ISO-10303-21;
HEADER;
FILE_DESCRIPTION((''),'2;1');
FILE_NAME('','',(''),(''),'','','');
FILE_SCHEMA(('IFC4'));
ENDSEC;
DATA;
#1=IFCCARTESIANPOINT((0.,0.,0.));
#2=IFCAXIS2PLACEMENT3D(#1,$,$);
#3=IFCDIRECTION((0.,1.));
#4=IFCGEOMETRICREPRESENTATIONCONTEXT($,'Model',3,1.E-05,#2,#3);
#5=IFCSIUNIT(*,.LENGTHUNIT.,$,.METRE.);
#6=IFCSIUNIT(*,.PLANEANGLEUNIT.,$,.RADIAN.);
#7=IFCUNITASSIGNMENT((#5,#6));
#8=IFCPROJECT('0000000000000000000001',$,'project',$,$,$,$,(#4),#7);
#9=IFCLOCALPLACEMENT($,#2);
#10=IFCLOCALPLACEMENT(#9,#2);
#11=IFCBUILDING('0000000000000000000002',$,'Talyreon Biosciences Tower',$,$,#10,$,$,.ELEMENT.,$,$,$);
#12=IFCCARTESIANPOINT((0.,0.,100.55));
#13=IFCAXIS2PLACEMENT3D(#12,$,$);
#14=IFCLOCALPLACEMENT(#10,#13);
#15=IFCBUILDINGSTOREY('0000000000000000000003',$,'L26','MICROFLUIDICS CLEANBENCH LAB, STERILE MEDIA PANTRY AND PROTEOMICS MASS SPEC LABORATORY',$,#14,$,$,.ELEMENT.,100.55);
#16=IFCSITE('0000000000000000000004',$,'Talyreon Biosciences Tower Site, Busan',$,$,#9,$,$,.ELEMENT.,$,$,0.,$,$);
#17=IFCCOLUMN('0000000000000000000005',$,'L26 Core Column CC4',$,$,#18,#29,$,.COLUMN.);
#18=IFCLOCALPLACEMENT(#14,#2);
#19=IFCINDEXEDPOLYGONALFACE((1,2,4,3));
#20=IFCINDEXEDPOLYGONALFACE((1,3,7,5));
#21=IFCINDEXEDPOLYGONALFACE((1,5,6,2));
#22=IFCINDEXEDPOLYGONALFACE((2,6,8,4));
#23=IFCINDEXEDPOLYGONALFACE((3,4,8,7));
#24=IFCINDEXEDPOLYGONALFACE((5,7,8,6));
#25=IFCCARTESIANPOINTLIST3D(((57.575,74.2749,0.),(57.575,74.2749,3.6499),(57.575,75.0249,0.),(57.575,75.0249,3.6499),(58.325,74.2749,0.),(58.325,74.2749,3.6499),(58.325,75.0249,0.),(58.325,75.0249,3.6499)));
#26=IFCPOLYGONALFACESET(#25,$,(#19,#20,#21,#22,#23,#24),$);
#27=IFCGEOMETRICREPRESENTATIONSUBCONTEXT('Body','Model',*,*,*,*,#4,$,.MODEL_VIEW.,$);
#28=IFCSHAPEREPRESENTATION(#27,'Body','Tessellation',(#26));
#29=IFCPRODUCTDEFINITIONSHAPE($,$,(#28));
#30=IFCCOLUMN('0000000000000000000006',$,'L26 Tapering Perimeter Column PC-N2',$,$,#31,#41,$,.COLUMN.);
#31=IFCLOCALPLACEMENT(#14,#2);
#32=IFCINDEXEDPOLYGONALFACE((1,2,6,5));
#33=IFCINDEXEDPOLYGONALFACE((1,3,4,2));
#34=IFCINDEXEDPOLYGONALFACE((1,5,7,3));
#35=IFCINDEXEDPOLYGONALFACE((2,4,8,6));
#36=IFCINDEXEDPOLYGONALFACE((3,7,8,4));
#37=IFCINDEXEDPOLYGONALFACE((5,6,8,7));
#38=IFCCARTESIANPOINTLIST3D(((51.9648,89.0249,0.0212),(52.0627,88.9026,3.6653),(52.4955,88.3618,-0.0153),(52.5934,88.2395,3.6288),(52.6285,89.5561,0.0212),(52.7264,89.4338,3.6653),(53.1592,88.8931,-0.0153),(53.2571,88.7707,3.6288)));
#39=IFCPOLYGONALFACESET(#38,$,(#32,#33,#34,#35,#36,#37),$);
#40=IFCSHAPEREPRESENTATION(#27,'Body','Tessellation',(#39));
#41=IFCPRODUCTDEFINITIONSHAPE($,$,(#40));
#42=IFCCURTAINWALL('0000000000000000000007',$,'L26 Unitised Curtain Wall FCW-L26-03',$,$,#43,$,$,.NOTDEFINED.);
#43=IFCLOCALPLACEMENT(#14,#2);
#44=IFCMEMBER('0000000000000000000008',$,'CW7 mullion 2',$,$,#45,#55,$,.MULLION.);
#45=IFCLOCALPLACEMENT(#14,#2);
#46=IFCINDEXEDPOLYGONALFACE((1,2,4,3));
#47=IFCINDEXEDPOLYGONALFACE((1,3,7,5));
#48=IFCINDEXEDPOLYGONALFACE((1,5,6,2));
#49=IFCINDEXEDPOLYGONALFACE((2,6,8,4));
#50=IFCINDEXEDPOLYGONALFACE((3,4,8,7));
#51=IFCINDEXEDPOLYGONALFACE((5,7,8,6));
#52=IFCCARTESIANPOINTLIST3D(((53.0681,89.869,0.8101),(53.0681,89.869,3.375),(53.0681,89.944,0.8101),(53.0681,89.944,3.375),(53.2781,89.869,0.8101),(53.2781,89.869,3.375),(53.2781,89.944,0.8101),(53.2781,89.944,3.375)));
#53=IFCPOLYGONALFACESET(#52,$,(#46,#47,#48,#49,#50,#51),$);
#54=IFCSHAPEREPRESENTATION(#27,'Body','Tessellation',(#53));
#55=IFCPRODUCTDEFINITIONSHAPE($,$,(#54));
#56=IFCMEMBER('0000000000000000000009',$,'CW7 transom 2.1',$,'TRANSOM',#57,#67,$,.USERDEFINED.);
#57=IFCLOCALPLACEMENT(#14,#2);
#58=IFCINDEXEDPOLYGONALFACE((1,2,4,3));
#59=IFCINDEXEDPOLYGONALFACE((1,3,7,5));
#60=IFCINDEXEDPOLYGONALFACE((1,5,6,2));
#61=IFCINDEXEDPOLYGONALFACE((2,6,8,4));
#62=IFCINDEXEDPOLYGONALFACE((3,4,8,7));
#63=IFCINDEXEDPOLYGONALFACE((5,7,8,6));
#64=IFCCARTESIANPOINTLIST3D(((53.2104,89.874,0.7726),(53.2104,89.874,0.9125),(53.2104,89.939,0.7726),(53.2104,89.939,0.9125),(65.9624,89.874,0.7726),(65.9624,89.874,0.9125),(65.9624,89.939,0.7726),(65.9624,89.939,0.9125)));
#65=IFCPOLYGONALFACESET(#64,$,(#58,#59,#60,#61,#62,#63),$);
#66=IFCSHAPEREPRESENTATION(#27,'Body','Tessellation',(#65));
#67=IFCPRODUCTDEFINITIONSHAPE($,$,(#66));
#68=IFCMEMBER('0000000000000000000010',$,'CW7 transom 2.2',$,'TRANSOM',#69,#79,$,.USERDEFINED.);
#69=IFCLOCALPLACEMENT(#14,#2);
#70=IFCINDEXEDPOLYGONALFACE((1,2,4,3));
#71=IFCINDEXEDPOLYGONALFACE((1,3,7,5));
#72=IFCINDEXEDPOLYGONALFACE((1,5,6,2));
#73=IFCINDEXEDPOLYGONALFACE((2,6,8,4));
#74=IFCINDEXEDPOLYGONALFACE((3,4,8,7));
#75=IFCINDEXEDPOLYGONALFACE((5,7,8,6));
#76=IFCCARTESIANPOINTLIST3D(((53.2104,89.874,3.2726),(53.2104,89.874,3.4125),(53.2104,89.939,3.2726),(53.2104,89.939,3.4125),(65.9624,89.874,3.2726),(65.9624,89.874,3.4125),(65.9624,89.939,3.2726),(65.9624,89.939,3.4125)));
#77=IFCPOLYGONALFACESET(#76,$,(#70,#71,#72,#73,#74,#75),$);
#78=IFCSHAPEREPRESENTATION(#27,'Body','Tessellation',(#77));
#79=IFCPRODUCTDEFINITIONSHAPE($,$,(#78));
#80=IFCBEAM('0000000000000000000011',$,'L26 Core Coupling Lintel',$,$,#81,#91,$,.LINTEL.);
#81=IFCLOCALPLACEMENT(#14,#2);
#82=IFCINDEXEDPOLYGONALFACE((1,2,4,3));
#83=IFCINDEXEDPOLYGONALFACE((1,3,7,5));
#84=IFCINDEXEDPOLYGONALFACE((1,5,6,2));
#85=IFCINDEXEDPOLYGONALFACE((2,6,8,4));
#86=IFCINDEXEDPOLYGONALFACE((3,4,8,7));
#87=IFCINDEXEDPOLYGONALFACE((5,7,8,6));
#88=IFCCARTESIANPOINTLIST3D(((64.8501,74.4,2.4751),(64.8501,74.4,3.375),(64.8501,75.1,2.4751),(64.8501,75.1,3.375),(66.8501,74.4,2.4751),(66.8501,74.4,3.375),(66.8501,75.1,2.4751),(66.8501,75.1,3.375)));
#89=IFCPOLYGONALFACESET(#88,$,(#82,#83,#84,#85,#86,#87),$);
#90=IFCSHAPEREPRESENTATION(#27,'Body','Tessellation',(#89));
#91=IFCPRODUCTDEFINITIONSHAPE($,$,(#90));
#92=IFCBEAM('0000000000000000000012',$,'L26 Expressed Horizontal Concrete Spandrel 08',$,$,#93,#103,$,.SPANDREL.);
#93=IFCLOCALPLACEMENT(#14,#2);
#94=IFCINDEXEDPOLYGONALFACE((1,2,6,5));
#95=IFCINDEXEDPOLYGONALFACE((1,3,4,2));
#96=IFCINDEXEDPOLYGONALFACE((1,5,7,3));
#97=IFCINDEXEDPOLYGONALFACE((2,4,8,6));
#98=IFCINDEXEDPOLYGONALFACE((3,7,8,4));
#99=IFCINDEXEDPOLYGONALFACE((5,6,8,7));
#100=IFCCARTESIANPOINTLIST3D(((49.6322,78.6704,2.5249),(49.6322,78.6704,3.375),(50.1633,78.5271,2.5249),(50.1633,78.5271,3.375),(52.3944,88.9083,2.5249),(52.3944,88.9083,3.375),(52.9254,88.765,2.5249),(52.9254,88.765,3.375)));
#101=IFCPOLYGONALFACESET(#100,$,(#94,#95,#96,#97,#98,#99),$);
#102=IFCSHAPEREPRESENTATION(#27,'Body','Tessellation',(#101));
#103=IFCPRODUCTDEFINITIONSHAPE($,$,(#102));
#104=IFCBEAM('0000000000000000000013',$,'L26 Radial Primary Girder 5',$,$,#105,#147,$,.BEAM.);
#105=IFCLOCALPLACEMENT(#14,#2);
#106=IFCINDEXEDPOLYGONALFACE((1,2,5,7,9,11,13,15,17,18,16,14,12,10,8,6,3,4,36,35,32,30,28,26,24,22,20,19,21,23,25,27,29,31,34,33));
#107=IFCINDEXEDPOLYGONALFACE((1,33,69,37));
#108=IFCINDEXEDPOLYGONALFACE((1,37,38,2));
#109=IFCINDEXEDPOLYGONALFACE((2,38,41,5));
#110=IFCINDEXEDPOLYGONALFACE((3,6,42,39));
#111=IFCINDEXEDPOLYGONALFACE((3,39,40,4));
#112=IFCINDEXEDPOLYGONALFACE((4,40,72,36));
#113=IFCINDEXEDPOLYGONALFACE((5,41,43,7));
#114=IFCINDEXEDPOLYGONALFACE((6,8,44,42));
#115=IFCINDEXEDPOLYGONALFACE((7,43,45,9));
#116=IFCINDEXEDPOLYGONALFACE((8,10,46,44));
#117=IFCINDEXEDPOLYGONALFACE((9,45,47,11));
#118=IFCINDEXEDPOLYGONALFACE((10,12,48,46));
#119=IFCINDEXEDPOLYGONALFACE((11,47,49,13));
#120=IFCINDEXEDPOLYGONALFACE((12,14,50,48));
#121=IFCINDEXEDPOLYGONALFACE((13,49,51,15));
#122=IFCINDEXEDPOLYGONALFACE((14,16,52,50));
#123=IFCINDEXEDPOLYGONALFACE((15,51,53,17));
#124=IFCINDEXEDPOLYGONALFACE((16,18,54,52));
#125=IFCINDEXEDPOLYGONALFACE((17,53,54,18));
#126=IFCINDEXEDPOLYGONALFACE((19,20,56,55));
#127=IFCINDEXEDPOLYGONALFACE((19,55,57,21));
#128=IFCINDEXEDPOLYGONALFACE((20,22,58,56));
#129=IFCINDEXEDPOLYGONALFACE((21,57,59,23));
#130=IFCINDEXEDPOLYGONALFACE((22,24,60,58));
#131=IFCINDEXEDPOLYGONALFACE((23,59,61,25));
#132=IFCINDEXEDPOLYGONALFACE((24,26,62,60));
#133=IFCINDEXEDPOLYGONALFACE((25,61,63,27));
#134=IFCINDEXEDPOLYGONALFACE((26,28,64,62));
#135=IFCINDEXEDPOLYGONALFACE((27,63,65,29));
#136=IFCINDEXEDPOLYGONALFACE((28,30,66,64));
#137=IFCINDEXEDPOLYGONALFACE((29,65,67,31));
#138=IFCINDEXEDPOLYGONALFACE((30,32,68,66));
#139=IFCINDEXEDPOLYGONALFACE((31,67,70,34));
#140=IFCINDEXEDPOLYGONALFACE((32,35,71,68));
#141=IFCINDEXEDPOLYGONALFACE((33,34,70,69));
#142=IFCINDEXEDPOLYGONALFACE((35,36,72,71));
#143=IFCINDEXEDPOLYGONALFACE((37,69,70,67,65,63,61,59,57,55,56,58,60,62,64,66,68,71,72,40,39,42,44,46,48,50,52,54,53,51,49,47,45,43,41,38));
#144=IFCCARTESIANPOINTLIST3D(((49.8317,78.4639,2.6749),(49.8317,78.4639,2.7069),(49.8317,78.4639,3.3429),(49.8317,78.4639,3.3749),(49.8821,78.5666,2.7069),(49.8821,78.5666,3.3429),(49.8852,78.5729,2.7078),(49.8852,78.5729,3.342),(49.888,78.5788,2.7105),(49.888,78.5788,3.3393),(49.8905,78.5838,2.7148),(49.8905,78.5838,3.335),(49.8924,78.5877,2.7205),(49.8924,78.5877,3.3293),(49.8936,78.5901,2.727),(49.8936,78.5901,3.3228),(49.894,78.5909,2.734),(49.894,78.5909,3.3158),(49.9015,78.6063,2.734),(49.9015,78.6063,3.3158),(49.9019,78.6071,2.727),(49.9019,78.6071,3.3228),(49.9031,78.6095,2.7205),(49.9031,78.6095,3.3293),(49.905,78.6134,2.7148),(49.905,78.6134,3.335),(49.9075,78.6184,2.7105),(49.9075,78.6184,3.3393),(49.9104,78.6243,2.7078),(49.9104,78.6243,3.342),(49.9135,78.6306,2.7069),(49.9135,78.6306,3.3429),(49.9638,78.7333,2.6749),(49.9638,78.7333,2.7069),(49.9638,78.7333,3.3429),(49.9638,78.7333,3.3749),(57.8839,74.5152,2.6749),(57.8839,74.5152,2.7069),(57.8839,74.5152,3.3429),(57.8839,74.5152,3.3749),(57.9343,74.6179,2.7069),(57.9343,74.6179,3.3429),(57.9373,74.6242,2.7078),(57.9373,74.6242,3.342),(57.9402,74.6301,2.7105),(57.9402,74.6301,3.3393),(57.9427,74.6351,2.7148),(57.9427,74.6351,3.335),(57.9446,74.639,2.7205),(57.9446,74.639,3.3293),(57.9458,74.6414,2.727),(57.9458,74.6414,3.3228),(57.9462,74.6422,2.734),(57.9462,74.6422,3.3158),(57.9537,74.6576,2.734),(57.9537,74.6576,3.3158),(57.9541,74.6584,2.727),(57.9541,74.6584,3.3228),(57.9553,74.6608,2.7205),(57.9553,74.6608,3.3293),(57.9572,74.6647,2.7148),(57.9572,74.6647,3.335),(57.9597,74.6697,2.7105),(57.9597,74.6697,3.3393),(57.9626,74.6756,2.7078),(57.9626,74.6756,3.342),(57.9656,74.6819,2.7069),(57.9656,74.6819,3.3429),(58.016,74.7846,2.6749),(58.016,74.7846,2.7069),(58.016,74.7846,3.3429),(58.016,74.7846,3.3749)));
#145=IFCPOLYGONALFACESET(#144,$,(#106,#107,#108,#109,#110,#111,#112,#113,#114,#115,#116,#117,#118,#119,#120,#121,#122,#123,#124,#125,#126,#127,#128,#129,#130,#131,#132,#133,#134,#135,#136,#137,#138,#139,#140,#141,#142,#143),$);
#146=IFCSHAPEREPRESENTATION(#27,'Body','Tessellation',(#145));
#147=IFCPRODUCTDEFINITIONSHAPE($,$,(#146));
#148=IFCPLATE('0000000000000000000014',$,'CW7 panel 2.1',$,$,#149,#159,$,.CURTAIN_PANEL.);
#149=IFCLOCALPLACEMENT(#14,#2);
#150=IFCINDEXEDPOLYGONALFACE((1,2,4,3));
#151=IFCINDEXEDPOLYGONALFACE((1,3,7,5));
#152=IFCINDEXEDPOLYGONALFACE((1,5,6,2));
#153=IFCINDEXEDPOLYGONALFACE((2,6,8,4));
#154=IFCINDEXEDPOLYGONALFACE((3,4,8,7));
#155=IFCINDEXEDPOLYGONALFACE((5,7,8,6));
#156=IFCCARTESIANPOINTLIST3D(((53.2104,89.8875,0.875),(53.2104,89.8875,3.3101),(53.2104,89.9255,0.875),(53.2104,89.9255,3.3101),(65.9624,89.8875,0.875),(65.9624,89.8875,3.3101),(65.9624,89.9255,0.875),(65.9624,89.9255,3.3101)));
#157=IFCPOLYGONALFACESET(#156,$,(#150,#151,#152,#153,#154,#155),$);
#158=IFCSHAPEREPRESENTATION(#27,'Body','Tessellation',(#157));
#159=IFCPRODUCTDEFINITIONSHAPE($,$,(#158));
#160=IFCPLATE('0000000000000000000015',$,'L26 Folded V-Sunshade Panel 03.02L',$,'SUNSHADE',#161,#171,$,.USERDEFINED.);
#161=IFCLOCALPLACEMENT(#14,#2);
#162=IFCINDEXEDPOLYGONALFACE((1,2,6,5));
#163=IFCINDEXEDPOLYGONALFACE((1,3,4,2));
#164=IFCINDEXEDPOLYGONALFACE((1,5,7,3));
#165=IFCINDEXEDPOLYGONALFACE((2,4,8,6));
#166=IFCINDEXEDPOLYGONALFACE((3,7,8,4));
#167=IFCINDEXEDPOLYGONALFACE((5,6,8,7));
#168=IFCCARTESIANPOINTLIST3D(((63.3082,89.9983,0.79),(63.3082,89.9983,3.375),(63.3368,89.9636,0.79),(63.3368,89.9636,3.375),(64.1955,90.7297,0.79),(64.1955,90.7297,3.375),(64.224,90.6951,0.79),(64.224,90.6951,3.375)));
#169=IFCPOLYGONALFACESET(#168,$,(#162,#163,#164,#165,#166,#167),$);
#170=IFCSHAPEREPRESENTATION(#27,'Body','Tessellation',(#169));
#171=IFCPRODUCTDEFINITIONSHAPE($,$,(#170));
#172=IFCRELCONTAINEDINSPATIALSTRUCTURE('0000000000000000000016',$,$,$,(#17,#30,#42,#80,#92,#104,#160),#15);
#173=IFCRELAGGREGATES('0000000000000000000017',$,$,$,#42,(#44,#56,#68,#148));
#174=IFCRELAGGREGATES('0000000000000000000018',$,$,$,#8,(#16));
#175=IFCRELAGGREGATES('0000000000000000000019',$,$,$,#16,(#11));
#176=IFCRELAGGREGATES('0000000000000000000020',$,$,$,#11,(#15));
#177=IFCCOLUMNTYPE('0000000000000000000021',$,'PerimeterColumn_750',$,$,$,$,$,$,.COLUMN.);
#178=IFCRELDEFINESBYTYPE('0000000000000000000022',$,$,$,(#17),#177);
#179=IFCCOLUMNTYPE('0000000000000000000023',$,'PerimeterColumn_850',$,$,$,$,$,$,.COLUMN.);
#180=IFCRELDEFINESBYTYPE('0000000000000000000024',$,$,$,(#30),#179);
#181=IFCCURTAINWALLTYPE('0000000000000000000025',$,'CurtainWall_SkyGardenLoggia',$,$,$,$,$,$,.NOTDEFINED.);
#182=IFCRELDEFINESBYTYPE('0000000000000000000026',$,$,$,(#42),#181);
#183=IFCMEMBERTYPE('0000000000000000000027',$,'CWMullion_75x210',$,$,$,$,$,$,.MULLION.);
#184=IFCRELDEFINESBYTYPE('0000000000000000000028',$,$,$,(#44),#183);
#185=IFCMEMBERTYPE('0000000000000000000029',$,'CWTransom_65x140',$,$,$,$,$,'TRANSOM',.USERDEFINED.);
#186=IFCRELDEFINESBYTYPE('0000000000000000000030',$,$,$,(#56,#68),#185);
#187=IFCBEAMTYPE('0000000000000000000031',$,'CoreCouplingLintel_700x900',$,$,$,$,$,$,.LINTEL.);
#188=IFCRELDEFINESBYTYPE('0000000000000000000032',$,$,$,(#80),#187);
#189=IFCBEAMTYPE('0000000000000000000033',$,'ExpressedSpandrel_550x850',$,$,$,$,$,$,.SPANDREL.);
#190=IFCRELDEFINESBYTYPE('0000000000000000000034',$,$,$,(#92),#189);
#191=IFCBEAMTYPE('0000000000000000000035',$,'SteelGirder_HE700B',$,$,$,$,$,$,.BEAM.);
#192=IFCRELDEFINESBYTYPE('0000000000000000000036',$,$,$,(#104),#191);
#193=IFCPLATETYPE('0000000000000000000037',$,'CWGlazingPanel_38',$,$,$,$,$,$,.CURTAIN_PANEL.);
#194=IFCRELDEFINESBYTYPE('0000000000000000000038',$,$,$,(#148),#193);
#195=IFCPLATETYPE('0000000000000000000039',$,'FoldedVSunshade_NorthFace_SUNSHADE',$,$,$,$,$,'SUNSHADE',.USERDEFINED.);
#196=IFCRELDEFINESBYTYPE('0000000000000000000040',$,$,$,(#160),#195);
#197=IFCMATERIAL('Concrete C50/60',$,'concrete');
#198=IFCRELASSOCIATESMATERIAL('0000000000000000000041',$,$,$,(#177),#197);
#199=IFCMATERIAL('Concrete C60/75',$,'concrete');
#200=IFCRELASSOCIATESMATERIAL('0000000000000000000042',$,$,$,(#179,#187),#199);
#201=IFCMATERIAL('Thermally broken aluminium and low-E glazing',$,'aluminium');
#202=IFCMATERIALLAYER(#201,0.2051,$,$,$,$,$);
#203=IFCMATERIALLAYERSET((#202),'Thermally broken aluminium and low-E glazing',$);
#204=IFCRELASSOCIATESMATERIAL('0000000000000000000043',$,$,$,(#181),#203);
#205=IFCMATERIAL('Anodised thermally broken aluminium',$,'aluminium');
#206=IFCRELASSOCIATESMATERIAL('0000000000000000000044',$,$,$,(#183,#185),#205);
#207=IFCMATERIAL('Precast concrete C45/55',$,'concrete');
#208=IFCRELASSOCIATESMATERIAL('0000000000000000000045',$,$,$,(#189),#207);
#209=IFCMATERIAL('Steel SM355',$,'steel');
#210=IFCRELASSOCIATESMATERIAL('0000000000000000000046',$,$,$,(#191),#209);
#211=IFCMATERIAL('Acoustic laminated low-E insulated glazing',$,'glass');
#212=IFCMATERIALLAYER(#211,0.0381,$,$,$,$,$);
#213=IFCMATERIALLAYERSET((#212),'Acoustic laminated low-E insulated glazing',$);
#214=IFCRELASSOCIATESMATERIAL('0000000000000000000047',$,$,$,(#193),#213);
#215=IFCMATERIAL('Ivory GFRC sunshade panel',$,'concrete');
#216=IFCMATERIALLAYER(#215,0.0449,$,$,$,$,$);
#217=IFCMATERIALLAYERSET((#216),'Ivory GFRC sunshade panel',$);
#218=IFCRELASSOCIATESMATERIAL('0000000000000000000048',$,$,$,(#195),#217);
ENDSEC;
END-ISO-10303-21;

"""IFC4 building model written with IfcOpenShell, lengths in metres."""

from ifc_helpers import new_model, si_unit, direction, frame, origin, origin_2d, place, context, subcontext, project, spatial, rectangle, i_section, extrude, material, layer, layer_set, material_profile, profile_set, type_object, element, aggregate, save


model = new_model("IFC4")

# Units and contexts
model_context = context("Model", 3, precision=1e-05, world=origin(), true_north=direction((0.0, 1.0)))
body_context = subcontext(model_context, "Body", "Model", "MODEL_VIEW")
ifc_project = project(units=[si_unit("LENGTHUNIT", "METRE"), si_unit("PLANEANGLEUNIT", "RADIAN")], contexts=[model_context])

# Site, building, storey
site_placement = place(None, origin())
site = spatial("IfcSite", under=ifc_project, at=site_placement, Name="Talyreon Biosciences Tower Site, Busan", CompositionType="ELEMENT", RefElevation=0.0)
building_placement = place(site_placement, origin())
building = spatial("IfcBuilding", under=site, at=building_placement, Name="Talyreon Biosciences Tower", CompositionType="ELEMENT")
storey_placement = place(building_placement, frame((0.0, 0.0, 100.55)))
storey = spatial("IfcBuildingStorey", under=building, at=storey_placement, Name="L26", Description="MICROFLUIDICS CLEANBENCH LAB, STERILE MEDIA PANTRY AND PROTEOMICS MASS SPEC LABORATORY", CompositionType="ELEMENT", Elevation=100.55)

# Columns
ifc_material_1 = material(Name="Concrete C50/60", Category="concrete")
ifc_material_profile_1 = material_profile(ifc_material_1, rectangle(XDim=0.75, YDim=0.75, at=origin_2d()), Name="RC 750x750")
ifc_profile_set_1 = profile_set([ifc_material_profile_1], Name="Concrete C50/60")
column_type_1 = type_object("IfcColumnType", Name="PerimeterColumn_750", PredefinedType="COLUMN", material=ifc_profile_set_1)
column_1_placement = place(storey_placement, frame((57.95, 74.6499, 0.0), z_axis=(0.0, 0.0, 1.0), x_axis=(1.0, 0.0, 0.0)))
element("IfcColumn", 1, at=column_1_placement, inside=storey, type_object=column_type_1, Name="L26 Core Column CC4", PredefinedType="COLUMN", context=body_context, shape_type="SweptSolid", body=[
    extrude(rectangle(XDim=0.75, YDim=0.75, at=origin_2d()), origin(), (0.0, 0.0, 1.0), 3.6499),
])
ifc_material_2 = material(Name="Concrete C60/75", Category="concrete")
ifc_material_profile_2 = material_profile(ifc_material_2, rectangle(XDim=0.8501, YDim=0.8501, at=origin_2d()), Name="RC 850x850")
ifc_profile_set_2 = profile_set([ifc_material_profile_2], Name="Concrete C60/75")
column_type_2 = type_object("IfcColumnType", Name="PerimeterColumn_850", PredefinedType="COLUMN", material=ifc_profile_set_2)
column_2_placement = place(storey_placement, frame((52.562, 88.959, 0.0029), z_axis=(0.026841, -0.033535, 0.999077), x_axis=(-0.780717, -0.624885, 0.0)))
element("IfcColumn", 2, at=column_2_placement, inside=storey, type_object=column_type_2, Name="L26 Tapering Perimeter Column PC-N2", PredefinedType="COLUMN", context=body_context, shape_type="SweptSolid", body=[
    extrude(rectangle(XDim=0.8501, YDim=0.8501, at=origin_2d()), origin(), (0.0, 0.0, 1.0), 3.6475),
])

# Curtain wall, members
ifc_material_3 = material(Name="Thermally broken aluminium and low-E glazing", Category="aluminium")
ifc_layer_1 = layer(ifc_material_3, 0.2051)
ifc_layer_set_1 = layer_set([ifc_layer_1], Name="Thermally broken aluminium and low-E glazing")
curtain_wall_type = type_object("IfcCurtainWallType", Name="CurtainWall_SkyGardenLoggia", PredefinedType="NOTDEFINED", material=ifc_layer_set_1)
curtain_wall_placement = place(storey_placement, origin())
curtain_wall = element("IfcCurtainWall", 3, at=curtain_wall_placement, inside=storey, type_object=curtain_wall_type, Name="L26 Unitised Curtain Wall FCW-L26-03", PredefinedType="NOTDEFINED")
ifc_material_4 = material(Name="Anodised thermally broken aluminium", Category="aluminium")
ifc_material_profile_3 = material_profile(ifc_material_4, rectangle(XDim=0.075, YDim=0.21, at=origin_2d()), Name="ALUM MULLION 75x210")
ifc_profile_set_3 = profile_set([ifc_material_profile_3], Name="Anodised thermally broken aluminium")
member_type_1 = type_object("IfcMemberType", Name="CWMullion_75x210", PredefinedType="MULLION", material=ifc_profile_set_3)
member_1_placement = place(storey_placement, frame((53.1731, 89.9065, 0.8101), z_axis=(0.0, 0.0, 1.0), x_axis=(0.0, 1.0, 0.0)))
member_1 = element("IfcMember", 4, at=member_1_placement, type_object=member_type_1, Name="CW7 mullion 2", PredefinedType="MULLION", context=body_context, shape_type="SweptSolid", body=[
    extrude(rectangle(XDim=0.075, YDim=0.21, at=origin_2d()), origin(), (0.0, 0.0, 1.0), 2.5649),
])
ifc_material_profile_4 = material_profile(ifc_material_4, rectangle(XDim=0.0649, YDim=0.1399, at=origin_2d()), Name="ALUM TRANSOM 65x140")
ifc_profile_set_4 = profile_set([ifc_material_profile_4], Name="Anodised thermally broken aluminium")
member_type_2 = type_object("IfcMemberType", Name="CWTransom_65x140", ElementType="TRANSOM", PredefinedType="USERDEFINED", material=ifc_profile_set_4)
member_2_placement = place(storey_placement, frame((53.2104, 89.9065, 0.8425), z_axis=(1.0, 0.0, 0.0), x_axis=(0.0, 1.0, 0.0)))
member_2 = element("IfcMember", 5, at=member_2_placement, type_object=member_type_2, Name="CW7 transom 2.1", ObjectType="TRANSOM", PredefinedType="USERDEFINED", context=body_context, shape_type="SweptSolid", body=[
    extrude(rectangle(XDim=0.0649, YDim=0.1399, at=origin_2d()), origin(), (0.0, 0.0, 1.0), 12.752),
])
member_3_placement = place(storey_placement, frame((53.2104, 89.9065, 3.3425), z_axis=(1.0, 0.0, 0.0), x_axis=(0.0, 1.0, 0.0)))
member_3 = element("IfcMember", 6, at=member_3_placement, type_object=member_type_2, Name="CW7 transom 2.2", ObjectType="TRANSOM", PredefinedType="USERDEFINED", context=body_context, shape_type="SweptSolid", body=[
    extrude(rectangle(XDim=0.0649, YDim=0.1399, at=origin_2d()), origin(), (0.0, 0.0, 1.0), 12.752),
])

# Beams
ifc_material_profile_5 = material_profile(ifc_material_2, rectangle(XDim=0.7, YDim=0.8999, at=origin_2d()), Name="RCB 700x900")
ifc_profile_set_5 = profile_set([ifc_material_profile_5], Name="Concrete C60/75")
beam_type_1 = type_object("IfcBeamType", Name="CoreCouplingLintel_700x900", PredefinedType="LINTEL", material=ifc_profile_set_5)
beam_1_placement = place(storey_placement, frame((64.8501, 74.75, 2.925), z_axis=(1.0, 0.0, 0.0), x_axis=(0.0, 1.0, 0.0)))
element("IfcBeam", 7, at=beam_1_placement, inside=storey, type_object=beam_type_1, Name="L26 Core Coupling Lintel", PredefinedType="LINTEL", context=body_context, shape_type="SweptSolid", body=[
    extrude(rectangle(XDim=0.7, YDim=0.8999, at=origin_2d()), origin(), (0.0, 0.0, 1.0), 2.0),
])
ifc_material_5 = material(Name="Precast concrete C45/55", Category="concrete")
ifc_material_profile_6 = material_profile(ifc_material_5, rectangle(XDim=0.55, YDim=0.8501, at=origin_2d()), Name="RCB 550x850")
ifc_profile_set_6 = profile_set([ifc_material_profile_6], Name="Precast concrete C45/55")
beam_type_2 = type_object("IfcBeamType", Name="ExpressedSpandrel_550x850", PredefinedType="SPANDREL", material=ifc_profile_set_6)
beam_2_placement = place(storey_placement, frame((52.6599, 88.8367, 2.95), z_axis=(-0.260485, -0.965478, 0.0), x_axis=(0.965478, -0.260485, 0.0)))
element("IfcBeam", 8, at=beam_2_placement, inside=storey, type_object=beam_type_2, Name="L26 Expressed Horizontal Concrete Spandrel 08", PredefinedType="SPANDREL", context=body_context, shape_type="SweptSolid", body=[
    extrude(rectangle(XDim=0.55, YDim=0.8501, at=origin_2d()), origin(), (0.0, 0.0, 1.0), 10.604),
])
ifc_material_6 = material(Name="Steel SM355", Category="steel")
ifc_material_profile_7 = material_profile(ifc_material_6, i_section(OverallWidth=0.3, OverallDepth=0.7, WebThickness=0.0171, FlangeThickness=0.032, FilletRadius=0.0271, at=origin_2d()), Name="HE700B")
ifc_profile_set_7 = profile_set([ifc_material_profile_7], Name="Steel SM355")
beam_type_3 = type_object("IfcBeamType", Name="SteelGirder_HE700B", PredefinedType="BEAM", material=ifc_profile_set_7)
beam_3_placement = place(storey_placement, frame((57.95, 74.6499, 3.0249), z_axis=(-0.897852, 0.440297, 0.0), x_axis=(-0.440297, -0.897852, 0.0)))
element("IfcBeam", 9, at=beam_3_placement, inside=storey, type_object=beam_type_3, Name="L26 Radial Primary Girder 5", PredefinedType="BEAM", context=body_context, shape_type="SweptSolid", body=[
    extrude(i_section(OverallWidth=0.3, OverallDepth=0.7, WebThickness=0.0171, FlangeThickness=0.032, FilletRadius=0.0271, at=origin_2d()), origin(), (0.0, 0.0, 1.0), 8.9683),
])

# Plate
ifc_material_7 = material(Name="Acoustic laminated low-E insulated glazing", Category="glass")
ifc_layer_2 = layer(ifc_material_7, 0.0381)
ifc_layer_set_2 = layer_set([ifc_layer_2], Name="Acoustic laminated low-E insulated glazing")
plate_type_1 = type_object("IfcPlateType", Name="CWGlazingPanel_38", PredefinedType="CURTAIN_PANEL", material=ifc_layer_set_2)
plate_placement = place(storey_placement, frame((59.5864, 89.9065, 0.875), z_axis=(0.0, 0.0, 1.0), x_axis=(1.0, 0.0, 0.0)))
plate = element("IfcPlate", 10, at=plate_placement, type_object=plate_type_1, Name="CW7 panel 2.1", PredefinedType="CURTAIN_PANEL", context=body_context, shape_type="SweptSolid", body=[
    extrude(rectangle(XDim=12.752, YDim=0.0381, at=origin_2d()), origin(), (0.0, 0.0, 1.0), 2.4351),
])
aggregate(curtain_wall, [member_1, member_2, member_3, plate])

# Plate
ifc_material_8 = material(Name="Ivory GFRC sunshade panel", Category="concrete")
ifc_layer_3 = layer(ifc_material_8, 0.0449)
ifc_layer_set_3 = layer_set([ifc_layer_3], Name="Ivory GFRC sunshade panel")
plate_type_2 = type_object("IfcPlateType", Name="FoldedVSunshade_NorthFace_SUNSHADE", ElementType="SUNSHADE", PredefinedType="USERDEFINED", material=ifc_layer_set_3)
for number, where, z_axis, x_axis, name in (
    (11, (63.7661, 90.3467, 0.79), (0.0, 0.0, 1.0), (0.771625, 0.636078, 0.0), "L26 Folded V-Sunshade Panel 03.02L"),
):
    element("IfcPlate", number, at=place(storey_placement, frame(where, z_axis=z_axis, x_axis=x_axis)), inside=storey, type_object=plate_type_2, Name=name, ObjectType="SUNSHADE", PredefinedType="USERDEFINED", context=body_context, shape_type="SweptSolid", body=[
        extrude(rectangle(XDim=1.1499, YDim=0.0449, at=origin_2d()), origin(), (0.0, 0.0, 1.0), 2.585),
    ])

save(model, "model.ifc")
